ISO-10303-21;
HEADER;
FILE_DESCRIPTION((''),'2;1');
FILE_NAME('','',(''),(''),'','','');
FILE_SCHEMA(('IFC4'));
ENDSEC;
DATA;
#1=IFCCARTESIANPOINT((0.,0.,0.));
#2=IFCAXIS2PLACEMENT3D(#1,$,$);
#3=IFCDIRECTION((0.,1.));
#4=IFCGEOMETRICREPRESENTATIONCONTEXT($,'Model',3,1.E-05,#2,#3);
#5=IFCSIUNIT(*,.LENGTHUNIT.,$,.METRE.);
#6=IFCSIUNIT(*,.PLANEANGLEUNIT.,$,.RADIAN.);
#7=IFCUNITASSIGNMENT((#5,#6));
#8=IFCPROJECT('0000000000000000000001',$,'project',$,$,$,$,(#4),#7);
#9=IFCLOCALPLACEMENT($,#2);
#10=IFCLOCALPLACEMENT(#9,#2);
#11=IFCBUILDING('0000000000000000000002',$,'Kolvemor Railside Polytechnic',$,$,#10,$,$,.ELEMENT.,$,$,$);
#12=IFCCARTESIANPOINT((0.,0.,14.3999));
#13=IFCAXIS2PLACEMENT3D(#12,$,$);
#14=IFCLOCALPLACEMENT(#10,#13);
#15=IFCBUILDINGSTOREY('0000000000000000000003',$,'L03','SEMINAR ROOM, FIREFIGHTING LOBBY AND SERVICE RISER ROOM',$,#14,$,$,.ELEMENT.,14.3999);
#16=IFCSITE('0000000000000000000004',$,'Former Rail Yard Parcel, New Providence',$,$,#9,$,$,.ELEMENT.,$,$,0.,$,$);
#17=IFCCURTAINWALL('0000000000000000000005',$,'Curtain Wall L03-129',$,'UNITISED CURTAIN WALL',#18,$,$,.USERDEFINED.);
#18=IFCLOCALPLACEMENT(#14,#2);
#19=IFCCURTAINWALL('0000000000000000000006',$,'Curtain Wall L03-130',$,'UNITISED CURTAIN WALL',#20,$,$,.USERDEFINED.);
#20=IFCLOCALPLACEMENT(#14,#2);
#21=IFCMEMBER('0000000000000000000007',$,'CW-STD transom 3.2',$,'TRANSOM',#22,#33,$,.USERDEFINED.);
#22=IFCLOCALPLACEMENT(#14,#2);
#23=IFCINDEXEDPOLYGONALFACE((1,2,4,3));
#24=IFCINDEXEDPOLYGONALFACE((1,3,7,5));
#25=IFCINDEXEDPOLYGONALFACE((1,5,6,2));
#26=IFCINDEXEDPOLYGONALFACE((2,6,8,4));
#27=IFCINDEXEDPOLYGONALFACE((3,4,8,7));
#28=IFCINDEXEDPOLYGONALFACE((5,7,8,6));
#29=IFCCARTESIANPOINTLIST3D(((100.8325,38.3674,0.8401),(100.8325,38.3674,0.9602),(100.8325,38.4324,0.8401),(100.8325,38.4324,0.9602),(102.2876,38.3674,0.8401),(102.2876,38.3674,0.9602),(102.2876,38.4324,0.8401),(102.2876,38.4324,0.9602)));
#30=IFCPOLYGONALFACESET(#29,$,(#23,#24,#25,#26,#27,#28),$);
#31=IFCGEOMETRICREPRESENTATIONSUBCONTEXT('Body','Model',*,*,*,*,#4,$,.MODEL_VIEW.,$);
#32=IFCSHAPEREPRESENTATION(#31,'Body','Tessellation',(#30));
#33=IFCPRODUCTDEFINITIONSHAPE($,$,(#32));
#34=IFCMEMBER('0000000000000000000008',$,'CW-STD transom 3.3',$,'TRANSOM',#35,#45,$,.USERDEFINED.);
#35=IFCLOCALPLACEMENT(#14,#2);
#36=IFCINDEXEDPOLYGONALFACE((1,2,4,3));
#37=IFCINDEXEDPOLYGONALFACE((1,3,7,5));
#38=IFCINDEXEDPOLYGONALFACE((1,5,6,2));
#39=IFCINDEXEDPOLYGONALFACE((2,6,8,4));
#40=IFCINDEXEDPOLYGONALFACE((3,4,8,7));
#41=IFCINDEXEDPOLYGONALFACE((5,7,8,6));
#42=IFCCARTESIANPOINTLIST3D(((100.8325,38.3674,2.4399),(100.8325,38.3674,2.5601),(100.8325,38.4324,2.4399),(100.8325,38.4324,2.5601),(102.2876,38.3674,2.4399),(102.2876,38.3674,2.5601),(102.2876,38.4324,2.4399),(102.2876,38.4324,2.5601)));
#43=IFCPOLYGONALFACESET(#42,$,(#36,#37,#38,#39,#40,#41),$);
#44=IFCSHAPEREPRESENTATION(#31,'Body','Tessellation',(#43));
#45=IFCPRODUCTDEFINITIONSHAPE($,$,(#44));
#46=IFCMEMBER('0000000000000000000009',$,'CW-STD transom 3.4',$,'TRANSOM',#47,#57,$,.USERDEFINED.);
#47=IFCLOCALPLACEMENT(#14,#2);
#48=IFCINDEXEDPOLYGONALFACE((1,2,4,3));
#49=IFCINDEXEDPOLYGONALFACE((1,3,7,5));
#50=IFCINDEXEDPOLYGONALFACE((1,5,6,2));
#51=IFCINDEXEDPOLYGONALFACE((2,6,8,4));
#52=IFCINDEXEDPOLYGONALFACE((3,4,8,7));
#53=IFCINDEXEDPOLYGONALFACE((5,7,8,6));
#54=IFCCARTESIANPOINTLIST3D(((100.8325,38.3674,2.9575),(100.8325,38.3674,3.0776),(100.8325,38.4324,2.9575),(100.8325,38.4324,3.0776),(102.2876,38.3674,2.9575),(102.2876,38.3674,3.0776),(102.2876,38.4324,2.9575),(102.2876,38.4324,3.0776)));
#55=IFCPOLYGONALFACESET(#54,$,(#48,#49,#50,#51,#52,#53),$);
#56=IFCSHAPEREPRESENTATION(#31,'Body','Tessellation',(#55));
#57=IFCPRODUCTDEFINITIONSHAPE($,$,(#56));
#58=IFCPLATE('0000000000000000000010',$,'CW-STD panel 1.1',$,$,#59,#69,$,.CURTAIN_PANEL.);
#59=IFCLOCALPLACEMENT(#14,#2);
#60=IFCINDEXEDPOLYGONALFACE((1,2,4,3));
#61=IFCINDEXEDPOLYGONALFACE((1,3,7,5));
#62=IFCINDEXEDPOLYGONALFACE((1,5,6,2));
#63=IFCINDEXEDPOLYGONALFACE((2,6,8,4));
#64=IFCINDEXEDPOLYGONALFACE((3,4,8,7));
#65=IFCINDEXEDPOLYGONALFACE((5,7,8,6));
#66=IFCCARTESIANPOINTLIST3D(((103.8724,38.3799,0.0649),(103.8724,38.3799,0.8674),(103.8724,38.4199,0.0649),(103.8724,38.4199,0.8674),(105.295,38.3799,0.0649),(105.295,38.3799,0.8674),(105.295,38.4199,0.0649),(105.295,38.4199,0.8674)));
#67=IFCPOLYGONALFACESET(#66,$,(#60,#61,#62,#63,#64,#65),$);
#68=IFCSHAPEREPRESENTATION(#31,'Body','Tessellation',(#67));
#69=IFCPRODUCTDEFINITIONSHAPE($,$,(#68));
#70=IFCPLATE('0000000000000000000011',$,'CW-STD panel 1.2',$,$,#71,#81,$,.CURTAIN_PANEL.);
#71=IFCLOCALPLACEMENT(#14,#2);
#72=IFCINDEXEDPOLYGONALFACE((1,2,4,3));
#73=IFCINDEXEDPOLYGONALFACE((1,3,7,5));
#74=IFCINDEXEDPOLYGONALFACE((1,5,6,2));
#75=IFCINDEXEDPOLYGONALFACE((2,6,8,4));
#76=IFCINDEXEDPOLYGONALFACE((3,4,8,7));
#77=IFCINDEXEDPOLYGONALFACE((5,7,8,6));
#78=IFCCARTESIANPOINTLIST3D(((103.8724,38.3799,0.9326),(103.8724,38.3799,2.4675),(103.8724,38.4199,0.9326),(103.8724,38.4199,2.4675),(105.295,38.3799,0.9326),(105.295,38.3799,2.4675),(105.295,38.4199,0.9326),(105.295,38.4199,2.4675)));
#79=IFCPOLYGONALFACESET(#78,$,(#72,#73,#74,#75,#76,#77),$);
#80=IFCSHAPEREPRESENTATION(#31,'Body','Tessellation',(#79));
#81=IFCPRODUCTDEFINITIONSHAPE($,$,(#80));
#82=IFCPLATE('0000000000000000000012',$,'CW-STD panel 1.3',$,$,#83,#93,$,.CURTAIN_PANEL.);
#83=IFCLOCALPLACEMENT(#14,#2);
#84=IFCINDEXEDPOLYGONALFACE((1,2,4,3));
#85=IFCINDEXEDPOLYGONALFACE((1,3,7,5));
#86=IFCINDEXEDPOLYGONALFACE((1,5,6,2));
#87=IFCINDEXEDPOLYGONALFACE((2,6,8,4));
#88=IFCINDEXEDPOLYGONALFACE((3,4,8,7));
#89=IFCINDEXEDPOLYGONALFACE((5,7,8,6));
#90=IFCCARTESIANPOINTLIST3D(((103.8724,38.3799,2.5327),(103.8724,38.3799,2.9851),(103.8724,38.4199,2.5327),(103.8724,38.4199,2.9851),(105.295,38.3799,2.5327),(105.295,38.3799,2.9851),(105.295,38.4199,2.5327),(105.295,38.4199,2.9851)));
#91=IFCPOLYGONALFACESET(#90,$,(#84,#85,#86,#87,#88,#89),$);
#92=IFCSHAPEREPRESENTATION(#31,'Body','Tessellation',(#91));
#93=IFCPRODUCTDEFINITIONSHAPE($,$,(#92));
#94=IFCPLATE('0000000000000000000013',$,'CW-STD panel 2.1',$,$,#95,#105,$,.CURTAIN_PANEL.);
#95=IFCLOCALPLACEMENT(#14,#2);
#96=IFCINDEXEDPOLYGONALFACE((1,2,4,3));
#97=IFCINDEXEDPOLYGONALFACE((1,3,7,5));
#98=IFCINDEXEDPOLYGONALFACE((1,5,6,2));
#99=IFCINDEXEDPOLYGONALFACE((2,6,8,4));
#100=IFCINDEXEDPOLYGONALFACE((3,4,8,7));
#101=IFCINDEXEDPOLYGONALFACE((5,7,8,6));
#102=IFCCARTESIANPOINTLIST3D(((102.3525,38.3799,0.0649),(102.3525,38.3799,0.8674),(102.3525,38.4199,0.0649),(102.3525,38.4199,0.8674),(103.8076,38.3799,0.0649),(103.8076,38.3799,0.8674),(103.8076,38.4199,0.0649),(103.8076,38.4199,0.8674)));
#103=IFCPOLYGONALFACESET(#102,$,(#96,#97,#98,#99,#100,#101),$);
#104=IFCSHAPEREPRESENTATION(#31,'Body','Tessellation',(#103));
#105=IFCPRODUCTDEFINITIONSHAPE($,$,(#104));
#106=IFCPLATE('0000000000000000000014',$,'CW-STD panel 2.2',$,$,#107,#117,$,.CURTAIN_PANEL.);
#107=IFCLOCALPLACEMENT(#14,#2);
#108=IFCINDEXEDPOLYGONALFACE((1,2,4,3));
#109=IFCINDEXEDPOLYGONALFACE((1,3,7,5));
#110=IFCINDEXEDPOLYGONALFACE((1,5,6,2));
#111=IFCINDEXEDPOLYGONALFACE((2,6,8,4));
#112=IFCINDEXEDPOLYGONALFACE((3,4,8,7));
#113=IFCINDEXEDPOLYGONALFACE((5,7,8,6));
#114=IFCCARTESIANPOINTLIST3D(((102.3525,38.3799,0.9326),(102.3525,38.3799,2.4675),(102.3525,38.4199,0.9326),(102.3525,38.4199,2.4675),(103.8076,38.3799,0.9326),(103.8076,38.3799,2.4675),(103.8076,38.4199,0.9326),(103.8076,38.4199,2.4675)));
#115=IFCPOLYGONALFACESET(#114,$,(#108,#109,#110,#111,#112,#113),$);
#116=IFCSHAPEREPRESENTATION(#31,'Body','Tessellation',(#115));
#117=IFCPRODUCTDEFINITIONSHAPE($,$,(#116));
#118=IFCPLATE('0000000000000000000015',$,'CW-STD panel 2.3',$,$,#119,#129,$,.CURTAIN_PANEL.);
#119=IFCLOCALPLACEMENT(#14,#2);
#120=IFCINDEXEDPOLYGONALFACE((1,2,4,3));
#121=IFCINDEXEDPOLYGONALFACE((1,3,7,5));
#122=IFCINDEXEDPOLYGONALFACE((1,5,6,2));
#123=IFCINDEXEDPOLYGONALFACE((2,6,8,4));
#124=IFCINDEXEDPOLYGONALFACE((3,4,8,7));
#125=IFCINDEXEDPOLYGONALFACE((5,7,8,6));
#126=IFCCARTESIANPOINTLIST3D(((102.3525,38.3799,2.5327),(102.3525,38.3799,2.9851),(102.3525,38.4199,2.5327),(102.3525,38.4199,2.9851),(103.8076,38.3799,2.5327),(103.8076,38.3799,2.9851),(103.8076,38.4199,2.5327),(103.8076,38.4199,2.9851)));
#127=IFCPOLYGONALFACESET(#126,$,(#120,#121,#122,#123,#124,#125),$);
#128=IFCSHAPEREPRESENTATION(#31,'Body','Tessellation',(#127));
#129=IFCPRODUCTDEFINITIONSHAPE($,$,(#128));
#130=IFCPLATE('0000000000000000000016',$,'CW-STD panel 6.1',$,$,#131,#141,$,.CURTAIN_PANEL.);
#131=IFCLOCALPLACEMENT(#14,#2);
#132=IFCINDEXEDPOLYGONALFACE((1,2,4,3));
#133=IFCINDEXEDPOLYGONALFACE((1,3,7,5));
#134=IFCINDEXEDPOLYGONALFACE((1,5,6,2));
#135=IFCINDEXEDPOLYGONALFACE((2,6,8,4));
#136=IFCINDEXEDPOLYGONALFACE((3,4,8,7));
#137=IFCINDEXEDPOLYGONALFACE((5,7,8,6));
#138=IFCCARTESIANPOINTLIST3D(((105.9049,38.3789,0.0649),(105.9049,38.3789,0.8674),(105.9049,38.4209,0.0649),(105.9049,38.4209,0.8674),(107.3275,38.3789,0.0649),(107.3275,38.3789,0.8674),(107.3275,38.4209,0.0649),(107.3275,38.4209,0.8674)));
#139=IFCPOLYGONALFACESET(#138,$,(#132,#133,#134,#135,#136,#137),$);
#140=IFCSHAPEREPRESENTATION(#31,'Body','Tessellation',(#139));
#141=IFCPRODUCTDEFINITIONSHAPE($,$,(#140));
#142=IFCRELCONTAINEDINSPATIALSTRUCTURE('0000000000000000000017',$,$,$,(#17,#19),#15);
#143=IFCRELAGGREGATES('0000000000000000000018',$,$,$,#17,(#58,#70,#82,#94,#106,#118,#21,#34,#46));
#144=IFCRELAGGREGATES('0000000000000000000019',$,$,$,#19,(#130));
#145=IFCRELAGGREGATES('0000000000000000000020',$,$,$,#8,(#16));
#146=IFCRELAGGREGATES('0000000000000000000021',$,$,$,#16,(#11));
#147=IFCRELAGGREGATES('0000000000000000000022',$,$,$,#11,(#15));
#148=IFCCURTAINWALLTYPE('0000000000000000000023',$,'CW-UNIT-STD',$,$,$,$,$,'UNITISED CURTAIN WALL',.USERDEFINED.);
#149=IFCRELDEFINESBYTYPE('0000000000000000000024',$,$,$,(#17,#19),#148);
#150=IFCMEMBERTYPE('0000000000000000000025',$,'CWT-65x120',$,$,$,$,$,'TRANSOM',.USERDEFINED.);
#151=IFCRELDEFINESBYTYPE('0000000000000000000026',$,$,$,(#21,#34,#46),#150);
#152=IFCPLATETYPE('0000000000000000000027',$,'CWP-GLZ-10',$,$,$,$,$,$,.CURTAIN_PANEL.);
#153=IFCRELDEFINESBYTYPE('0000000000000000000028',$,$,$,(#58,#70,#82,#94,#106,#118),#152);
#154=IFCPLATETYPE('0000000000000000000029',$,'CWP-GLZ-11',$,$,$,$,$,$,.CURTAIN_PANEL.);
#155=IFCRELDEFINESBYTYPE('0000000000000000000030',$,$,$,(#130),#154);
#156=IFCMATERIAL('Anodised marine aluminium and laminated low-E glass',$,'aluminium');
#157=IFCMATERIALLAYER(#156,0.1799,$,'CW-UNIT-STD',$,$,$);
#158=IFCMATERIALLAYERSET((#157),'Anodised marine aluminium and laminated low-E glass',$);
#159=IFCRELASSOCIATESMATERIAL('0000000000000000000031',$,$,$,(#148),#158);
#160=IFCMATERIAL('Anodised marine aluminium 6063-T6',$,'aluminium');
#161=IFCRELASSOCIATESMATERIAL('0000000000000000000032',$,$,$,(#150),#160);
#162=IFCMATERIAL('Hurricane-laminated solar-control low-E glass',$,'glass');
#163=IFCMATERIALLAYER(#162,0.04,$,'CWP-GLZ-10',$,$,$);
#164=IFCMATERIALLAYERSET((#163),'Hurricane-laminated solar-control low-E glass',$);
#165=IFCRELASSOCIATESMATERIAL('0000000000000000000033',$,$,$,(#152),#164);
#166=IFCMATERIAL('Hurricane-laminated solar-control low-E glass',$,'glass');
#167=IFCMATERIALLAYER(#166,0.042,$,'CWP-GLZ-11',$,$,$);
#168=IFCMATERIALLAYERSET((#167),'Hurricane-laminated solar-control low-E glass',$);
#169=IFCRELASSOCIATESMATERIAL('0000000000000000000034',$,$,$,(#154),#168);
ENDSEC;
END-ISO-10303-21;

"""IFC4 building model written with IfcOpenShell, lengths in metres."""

from ifc_helpers import new_model, si_unit, direction, frame, origin, origin_2d, place, context, subcontext, project, spatial, rectangle, extrude, material, layer, layer_set, material_profile, profile_set, type_object, element, aggregate, save


model = new_model("IFC4")

# Units and contexts
model_context = context("Model", 3, precision=1e-05, world=origin(), true_north=direction((0.0, 1.0)))
body_context = subcontext(model_context, "Body", "Model", "MODEL_VIEW")
ifc_project = project(units=[si_unit("LENGTHUNIT", "METRE"), si_unit("PLANEANGLEUNIT", "RADIAN")], contexts=[model_context])

# Site, building, storey
site_placement = place(None, origin())
site = spatial("IfcSite", under=ifc_project, at=site_placement, Name="Former Rail Yard Parcel, New Providence", CompositionType="ELEMENT", RefElevation=0.0)
building_placement = place(site_placement, origin())
building = spatial("IfcBuilding", under=site, at=building_placement, Name="Kolvemor Railside Polytechnic", CompositionType="ELEMENT")
storey_placement = place(building_placement, frame((0.0, 0.0, 14.3999)))
storey = spatial("IfcBuildingStorey", under=building, at=storey_placement, Name="L03", Description="SEMINAR ROOM, FIREFIGHTING LOBBY AND SERVICE RISER ROOM", CompositionType="ELEMENT", Elevation=14.3999)

# Curtain wall
ifc_material_1 = material(Name="Anodised marine aluminium and laminated low-E glass", Category="aluminium")
ifc_layer_1 = layer(ifc_material_1, 0.1799, Name="CW-UNIT-STD")
ifc_layer_set_1 = layer_set([ifc_layer_1], Name="Anodised marine aluminium and laminated low-E glass")
curtain_wall_type = type_object("IfcCurtainWallType", Name="CW-UNIT-STD", ElementType="UNITISED CURTAIN WALL", PredefinedType="USERDEFINED", material=ifc_layer_set_1)
curtain_wall_1_placement = place(storey_placement, origin())
curtain_wall_1 = element("IfcCurtainWall", 1, at=curtain_wall_1_placement, inside=storey, type_object=curtain_wall_type, Name="Curtain Wall L03-129", ObjectType="UNITISED CURTAIN WALL", PredefinedType="USERDEFINED")

# Curtain wall
curtain_wall_2_placement = place(storey_placement, origin())
curtain_wall_2 = element("IfcCurtainWall", 2, at=curtain_wall_2_placement, inside=storey, type_object=curtain_wall_type, Name="Curtain Wall L03-130", ObjectType="UNITISED CURTAIN WALL", PredefinedType="USERDEFINED")

# Members
ifc_material_2 = material(Name="Anodised marine aluminium 6063-T6", Category="aluminium")
ifc_material_profile_1 = material_profile(ifc_material_2, rectangle(XDim=0.0649, YDim=0.1201, at=origin_2d()), Name="CW-TRN-65x120")
ifc_profile_set_1 = profile_set([ifc_material_profile_1], Name="Anodised marine aluminium 6063-T6")
member_type_1 = type_object("IfcMemberType", Name="CWT-65x120", ElementType="TRANSOM", PredefinedType="USERDEFINED", material=ifc_profile_set_1)
member_1_placement = place(storey_placement, frame((102.2876, 38.3999, 0.9001), z_axis=(-1.0, 0.0, 0.0), x_axis=(0.0, -1.0, 0.0)))
member_1 = element("IfcMember", 3, at=member_1_placement, type_object=member_type_1, Name="CW-STD transom 3.2", ObjectType="TRANSOM", PredefinedType="USERDEFINED", context=body_context, shape_type="SweptSolid", body=[
    extrude(rectangle(XDim=0.0649, YDim=0.1201, at=origin_2d()), origin(), (0.0, 0.0, 1.0), 1.4551),
])
member_2_placement = place(storey_placement, frame((102.2876, 38.3999, 2.5), z_axis=(-1.0, 0.0, 0.0), x_axis=(0.0, -1.0, 0.0)))
member_2 = element("IfcMember", 4, at=member_2_placement, type_object=member_type_1, Name="CW-STD transom 3.3", ObjectType="TRANSOM", PredefinedType="USERDEFINED", context=body_context, shape_type="SweptSolid", body=[
    extrude(rectangle(XDim=0.0649, YDim=0.1201, at=origin_2d()), origin(), (0.0, 0.0, 1.0), 1.4551),
])
member_3_placement = place(storey_placement, frame((102.2876, 38.3999, 3.0176), z_axis=(-1.0, 0.0, 0.0), x_axis=(0.0, -1.0, 0.0)))
member_3 = element("IfcMember", 5, at=member_3_placement, type_object=member_type_1, Name="CW-STD transom 3.4", ObjectType="TRANSOM", PredefinedType="USERDEFINED", context=body_context, shape_type="SweptSolid", body=[
    extrude(rectangle(XDim=0.0649, YDim=0.1201, at=origin_2d()), origin(), (0.0, 0.0, 1.0), 1.4551),
])

# Plates
ifc_material_3 = material(Name="Hurricane-laminated solar-control low-E glass", Category="glass")
ifc_layer_2 = layer(ifc_material_3, 0.04, Name="CWP-GLZ-10")
ifc_layer_set_2 = layer_set([ifc_layer_2], Name="Hurricane-laminated solar-control low-E glass")
plate_type_1 = type_object("IfcPlateType", Name="CWP-GLZ-10", PredefinedType="CURTAIN_PANEL", material=ifc_layer_set_2)
plate_1_placement = place(storey_placement, frame((104.5837, 38.3999, 0.0649), z_axis=(0.0, 0.0, 1.0), x_axis=(-1.0, 0.0, 0.0)))
plate_1 = element("IfcPlate", 6, at=plate_1_placement, type_object=plate_type_1, Name="CW-STD panel 1.1", PredefinedType="CURTAIN_PANEL", context=body_context, shape_type="SweptSolid", body=[
    extrude(rectangle(XDim=1.4226, YDim=0.04, at=origin_2d()), origin(), (0.0, 0.0, 1.0), 0.8025),
])
plate_2_placement = place(storey_placement, frame((104.5837, 38.3999, 0.9326), z_axis=(0.0, 0.0, 1.0), x_axis=(-1.0, 0.0, 0.0)))
plate_2 = element("IfcPlate", 7, at=plate_2_placement, type_object=plate_type_1, Name="CW-STD panel 1.2", PredefinedType="CURTAIN_PANEL", context=body_context, shape_type="SweptSolid", body=[
    extrude(rectangle(XDim=1.4226, YDim=0.04, at=origin_2d()), origin(), (0.0, 0.0, 1.0), 1.5349),
])
plate_3_placement = place(storey_placement, frame((104.5837, 38.3999, 2.5327), z_axis=(0.0, 0.0, 1.0), x_axis=(-1.0, 0.0, 0.0)))
plate_3 = element("IfcPlate", 8, at=plate_3_placement, type_object=plate_type_1, Name="CW-STD panel 1.3", PredefinedType="CURTAIN_PANEL", context=body_context, shape_type="SweptSolid", body=[
    extrude(rectangle(XDim=1.4226, YDim=0.04, at=origin_2d()), origin(), (0.0, 0.0, 1.0), 0.4524),
])
plate_4_placement = place(storey_placement, frame((103.0801, 38.3999, 0.0649), z_axis=(0.0, 0.0, 1.0), x_axis=(-1.0, 0.0, 0.0)))
plate_4 = element("IfcPlate", 9, at=plate_4_placement, type_object=plate_type_1, Name="CW-STD panel 2.1", PredefinedType="CURTAIN_PANEL", context=body_context, shape_type="SweptSolid", body=[
    extrude(rectangle(XDim=1.4551, YDim=0.04, at=origin_2d()), origin(), (0.0, 0.0, 1.0), 0.8025),
])
plate_5_placement = place(storey_placement, frame((103.0801, 38.3999, 0.9326), z_axis=(0.0, 0.0, 1.0), x_axis=(-1.0, 0.0, 0.0)))
plate_5 = element("IfcPlate", 10, at=plate_5_placement, type_object=plate_type_1, Name="CW-STD panel 2.2", PredefinedType="CURTAIN_PANEL", context=body_context, shape_type="SweptSolid", body=[
    extrude(rectangle(XDim=1.4551, YDim=0.04, at=origin_2d()), origin(), (0.0, 0.0, 1.0), 1.5349),
])
plate_6_placement = place(storey_placement, frame((103.0801, 38.3999, 2.5327), z_axis=(0.0, 0.0, 1.0), x_axis=(-1.0, 0.0, 0.0)))
plate_6 = element("IfcPlate", 11, at=plate_6_placement, type_object=plate_type_1, Name="CW-STD panel 2.3", PredefinedType="CURTAIN_PANEL", context=body_context, shape_type="SweptSolid", body=[
    extrude(rectangle(XDim=1.4551, YDim=0.04, at=origin_2d()), origin(), (0.0, 0.0, 1.0), 0.4524),
])
aggregate(curtain_wall_1, [plate_1, plate_2, plate_3, plate_4, plate_5, plate_6, member_1, member_2, member_3])
ifc_material_4 = material(Name="Hurricane-laminated solar-control low-E glass", Category="glass")
ifc_layer_3 = layer(ifc_material_4, 0.042, Name="CWP-GLZ-11")
ifc_layer_set_3 = layer_set([ifc_layer_3], Name="Hurricane-laminated solar-control low-E glass")
plate_type_2 = type_object("IfcPlateType", Name="CWP-GLZ-11", PredefinedType="CURTAIN_PANEL", material=ifc_layer_set_3)
plate_7_placement = place(storey_placement, frame((106.6162, 38.3999, 0.0649), z_axis=(0.0, 0.0, 1.0), x_axis=(-1.0, 0.0, 0.0)))
plate_7 = element("IfcPlate", 12, at=plate_7_placement, type_object=plate_type_2, Name="CW-STD panel 6.1", PredefinedType="CURTAIN_PANEL", context=body_context, shape_type="SweptSolid", body=[
    extrude(rectangle(XDim=1.4226, YDim=0.042, at=origin_2d()), origin(), (0.0, 0.0, 1.0), 0.8025),
])
aggregate(curtain_wall_2, [plate_7])

save(model, "model.ifc")
